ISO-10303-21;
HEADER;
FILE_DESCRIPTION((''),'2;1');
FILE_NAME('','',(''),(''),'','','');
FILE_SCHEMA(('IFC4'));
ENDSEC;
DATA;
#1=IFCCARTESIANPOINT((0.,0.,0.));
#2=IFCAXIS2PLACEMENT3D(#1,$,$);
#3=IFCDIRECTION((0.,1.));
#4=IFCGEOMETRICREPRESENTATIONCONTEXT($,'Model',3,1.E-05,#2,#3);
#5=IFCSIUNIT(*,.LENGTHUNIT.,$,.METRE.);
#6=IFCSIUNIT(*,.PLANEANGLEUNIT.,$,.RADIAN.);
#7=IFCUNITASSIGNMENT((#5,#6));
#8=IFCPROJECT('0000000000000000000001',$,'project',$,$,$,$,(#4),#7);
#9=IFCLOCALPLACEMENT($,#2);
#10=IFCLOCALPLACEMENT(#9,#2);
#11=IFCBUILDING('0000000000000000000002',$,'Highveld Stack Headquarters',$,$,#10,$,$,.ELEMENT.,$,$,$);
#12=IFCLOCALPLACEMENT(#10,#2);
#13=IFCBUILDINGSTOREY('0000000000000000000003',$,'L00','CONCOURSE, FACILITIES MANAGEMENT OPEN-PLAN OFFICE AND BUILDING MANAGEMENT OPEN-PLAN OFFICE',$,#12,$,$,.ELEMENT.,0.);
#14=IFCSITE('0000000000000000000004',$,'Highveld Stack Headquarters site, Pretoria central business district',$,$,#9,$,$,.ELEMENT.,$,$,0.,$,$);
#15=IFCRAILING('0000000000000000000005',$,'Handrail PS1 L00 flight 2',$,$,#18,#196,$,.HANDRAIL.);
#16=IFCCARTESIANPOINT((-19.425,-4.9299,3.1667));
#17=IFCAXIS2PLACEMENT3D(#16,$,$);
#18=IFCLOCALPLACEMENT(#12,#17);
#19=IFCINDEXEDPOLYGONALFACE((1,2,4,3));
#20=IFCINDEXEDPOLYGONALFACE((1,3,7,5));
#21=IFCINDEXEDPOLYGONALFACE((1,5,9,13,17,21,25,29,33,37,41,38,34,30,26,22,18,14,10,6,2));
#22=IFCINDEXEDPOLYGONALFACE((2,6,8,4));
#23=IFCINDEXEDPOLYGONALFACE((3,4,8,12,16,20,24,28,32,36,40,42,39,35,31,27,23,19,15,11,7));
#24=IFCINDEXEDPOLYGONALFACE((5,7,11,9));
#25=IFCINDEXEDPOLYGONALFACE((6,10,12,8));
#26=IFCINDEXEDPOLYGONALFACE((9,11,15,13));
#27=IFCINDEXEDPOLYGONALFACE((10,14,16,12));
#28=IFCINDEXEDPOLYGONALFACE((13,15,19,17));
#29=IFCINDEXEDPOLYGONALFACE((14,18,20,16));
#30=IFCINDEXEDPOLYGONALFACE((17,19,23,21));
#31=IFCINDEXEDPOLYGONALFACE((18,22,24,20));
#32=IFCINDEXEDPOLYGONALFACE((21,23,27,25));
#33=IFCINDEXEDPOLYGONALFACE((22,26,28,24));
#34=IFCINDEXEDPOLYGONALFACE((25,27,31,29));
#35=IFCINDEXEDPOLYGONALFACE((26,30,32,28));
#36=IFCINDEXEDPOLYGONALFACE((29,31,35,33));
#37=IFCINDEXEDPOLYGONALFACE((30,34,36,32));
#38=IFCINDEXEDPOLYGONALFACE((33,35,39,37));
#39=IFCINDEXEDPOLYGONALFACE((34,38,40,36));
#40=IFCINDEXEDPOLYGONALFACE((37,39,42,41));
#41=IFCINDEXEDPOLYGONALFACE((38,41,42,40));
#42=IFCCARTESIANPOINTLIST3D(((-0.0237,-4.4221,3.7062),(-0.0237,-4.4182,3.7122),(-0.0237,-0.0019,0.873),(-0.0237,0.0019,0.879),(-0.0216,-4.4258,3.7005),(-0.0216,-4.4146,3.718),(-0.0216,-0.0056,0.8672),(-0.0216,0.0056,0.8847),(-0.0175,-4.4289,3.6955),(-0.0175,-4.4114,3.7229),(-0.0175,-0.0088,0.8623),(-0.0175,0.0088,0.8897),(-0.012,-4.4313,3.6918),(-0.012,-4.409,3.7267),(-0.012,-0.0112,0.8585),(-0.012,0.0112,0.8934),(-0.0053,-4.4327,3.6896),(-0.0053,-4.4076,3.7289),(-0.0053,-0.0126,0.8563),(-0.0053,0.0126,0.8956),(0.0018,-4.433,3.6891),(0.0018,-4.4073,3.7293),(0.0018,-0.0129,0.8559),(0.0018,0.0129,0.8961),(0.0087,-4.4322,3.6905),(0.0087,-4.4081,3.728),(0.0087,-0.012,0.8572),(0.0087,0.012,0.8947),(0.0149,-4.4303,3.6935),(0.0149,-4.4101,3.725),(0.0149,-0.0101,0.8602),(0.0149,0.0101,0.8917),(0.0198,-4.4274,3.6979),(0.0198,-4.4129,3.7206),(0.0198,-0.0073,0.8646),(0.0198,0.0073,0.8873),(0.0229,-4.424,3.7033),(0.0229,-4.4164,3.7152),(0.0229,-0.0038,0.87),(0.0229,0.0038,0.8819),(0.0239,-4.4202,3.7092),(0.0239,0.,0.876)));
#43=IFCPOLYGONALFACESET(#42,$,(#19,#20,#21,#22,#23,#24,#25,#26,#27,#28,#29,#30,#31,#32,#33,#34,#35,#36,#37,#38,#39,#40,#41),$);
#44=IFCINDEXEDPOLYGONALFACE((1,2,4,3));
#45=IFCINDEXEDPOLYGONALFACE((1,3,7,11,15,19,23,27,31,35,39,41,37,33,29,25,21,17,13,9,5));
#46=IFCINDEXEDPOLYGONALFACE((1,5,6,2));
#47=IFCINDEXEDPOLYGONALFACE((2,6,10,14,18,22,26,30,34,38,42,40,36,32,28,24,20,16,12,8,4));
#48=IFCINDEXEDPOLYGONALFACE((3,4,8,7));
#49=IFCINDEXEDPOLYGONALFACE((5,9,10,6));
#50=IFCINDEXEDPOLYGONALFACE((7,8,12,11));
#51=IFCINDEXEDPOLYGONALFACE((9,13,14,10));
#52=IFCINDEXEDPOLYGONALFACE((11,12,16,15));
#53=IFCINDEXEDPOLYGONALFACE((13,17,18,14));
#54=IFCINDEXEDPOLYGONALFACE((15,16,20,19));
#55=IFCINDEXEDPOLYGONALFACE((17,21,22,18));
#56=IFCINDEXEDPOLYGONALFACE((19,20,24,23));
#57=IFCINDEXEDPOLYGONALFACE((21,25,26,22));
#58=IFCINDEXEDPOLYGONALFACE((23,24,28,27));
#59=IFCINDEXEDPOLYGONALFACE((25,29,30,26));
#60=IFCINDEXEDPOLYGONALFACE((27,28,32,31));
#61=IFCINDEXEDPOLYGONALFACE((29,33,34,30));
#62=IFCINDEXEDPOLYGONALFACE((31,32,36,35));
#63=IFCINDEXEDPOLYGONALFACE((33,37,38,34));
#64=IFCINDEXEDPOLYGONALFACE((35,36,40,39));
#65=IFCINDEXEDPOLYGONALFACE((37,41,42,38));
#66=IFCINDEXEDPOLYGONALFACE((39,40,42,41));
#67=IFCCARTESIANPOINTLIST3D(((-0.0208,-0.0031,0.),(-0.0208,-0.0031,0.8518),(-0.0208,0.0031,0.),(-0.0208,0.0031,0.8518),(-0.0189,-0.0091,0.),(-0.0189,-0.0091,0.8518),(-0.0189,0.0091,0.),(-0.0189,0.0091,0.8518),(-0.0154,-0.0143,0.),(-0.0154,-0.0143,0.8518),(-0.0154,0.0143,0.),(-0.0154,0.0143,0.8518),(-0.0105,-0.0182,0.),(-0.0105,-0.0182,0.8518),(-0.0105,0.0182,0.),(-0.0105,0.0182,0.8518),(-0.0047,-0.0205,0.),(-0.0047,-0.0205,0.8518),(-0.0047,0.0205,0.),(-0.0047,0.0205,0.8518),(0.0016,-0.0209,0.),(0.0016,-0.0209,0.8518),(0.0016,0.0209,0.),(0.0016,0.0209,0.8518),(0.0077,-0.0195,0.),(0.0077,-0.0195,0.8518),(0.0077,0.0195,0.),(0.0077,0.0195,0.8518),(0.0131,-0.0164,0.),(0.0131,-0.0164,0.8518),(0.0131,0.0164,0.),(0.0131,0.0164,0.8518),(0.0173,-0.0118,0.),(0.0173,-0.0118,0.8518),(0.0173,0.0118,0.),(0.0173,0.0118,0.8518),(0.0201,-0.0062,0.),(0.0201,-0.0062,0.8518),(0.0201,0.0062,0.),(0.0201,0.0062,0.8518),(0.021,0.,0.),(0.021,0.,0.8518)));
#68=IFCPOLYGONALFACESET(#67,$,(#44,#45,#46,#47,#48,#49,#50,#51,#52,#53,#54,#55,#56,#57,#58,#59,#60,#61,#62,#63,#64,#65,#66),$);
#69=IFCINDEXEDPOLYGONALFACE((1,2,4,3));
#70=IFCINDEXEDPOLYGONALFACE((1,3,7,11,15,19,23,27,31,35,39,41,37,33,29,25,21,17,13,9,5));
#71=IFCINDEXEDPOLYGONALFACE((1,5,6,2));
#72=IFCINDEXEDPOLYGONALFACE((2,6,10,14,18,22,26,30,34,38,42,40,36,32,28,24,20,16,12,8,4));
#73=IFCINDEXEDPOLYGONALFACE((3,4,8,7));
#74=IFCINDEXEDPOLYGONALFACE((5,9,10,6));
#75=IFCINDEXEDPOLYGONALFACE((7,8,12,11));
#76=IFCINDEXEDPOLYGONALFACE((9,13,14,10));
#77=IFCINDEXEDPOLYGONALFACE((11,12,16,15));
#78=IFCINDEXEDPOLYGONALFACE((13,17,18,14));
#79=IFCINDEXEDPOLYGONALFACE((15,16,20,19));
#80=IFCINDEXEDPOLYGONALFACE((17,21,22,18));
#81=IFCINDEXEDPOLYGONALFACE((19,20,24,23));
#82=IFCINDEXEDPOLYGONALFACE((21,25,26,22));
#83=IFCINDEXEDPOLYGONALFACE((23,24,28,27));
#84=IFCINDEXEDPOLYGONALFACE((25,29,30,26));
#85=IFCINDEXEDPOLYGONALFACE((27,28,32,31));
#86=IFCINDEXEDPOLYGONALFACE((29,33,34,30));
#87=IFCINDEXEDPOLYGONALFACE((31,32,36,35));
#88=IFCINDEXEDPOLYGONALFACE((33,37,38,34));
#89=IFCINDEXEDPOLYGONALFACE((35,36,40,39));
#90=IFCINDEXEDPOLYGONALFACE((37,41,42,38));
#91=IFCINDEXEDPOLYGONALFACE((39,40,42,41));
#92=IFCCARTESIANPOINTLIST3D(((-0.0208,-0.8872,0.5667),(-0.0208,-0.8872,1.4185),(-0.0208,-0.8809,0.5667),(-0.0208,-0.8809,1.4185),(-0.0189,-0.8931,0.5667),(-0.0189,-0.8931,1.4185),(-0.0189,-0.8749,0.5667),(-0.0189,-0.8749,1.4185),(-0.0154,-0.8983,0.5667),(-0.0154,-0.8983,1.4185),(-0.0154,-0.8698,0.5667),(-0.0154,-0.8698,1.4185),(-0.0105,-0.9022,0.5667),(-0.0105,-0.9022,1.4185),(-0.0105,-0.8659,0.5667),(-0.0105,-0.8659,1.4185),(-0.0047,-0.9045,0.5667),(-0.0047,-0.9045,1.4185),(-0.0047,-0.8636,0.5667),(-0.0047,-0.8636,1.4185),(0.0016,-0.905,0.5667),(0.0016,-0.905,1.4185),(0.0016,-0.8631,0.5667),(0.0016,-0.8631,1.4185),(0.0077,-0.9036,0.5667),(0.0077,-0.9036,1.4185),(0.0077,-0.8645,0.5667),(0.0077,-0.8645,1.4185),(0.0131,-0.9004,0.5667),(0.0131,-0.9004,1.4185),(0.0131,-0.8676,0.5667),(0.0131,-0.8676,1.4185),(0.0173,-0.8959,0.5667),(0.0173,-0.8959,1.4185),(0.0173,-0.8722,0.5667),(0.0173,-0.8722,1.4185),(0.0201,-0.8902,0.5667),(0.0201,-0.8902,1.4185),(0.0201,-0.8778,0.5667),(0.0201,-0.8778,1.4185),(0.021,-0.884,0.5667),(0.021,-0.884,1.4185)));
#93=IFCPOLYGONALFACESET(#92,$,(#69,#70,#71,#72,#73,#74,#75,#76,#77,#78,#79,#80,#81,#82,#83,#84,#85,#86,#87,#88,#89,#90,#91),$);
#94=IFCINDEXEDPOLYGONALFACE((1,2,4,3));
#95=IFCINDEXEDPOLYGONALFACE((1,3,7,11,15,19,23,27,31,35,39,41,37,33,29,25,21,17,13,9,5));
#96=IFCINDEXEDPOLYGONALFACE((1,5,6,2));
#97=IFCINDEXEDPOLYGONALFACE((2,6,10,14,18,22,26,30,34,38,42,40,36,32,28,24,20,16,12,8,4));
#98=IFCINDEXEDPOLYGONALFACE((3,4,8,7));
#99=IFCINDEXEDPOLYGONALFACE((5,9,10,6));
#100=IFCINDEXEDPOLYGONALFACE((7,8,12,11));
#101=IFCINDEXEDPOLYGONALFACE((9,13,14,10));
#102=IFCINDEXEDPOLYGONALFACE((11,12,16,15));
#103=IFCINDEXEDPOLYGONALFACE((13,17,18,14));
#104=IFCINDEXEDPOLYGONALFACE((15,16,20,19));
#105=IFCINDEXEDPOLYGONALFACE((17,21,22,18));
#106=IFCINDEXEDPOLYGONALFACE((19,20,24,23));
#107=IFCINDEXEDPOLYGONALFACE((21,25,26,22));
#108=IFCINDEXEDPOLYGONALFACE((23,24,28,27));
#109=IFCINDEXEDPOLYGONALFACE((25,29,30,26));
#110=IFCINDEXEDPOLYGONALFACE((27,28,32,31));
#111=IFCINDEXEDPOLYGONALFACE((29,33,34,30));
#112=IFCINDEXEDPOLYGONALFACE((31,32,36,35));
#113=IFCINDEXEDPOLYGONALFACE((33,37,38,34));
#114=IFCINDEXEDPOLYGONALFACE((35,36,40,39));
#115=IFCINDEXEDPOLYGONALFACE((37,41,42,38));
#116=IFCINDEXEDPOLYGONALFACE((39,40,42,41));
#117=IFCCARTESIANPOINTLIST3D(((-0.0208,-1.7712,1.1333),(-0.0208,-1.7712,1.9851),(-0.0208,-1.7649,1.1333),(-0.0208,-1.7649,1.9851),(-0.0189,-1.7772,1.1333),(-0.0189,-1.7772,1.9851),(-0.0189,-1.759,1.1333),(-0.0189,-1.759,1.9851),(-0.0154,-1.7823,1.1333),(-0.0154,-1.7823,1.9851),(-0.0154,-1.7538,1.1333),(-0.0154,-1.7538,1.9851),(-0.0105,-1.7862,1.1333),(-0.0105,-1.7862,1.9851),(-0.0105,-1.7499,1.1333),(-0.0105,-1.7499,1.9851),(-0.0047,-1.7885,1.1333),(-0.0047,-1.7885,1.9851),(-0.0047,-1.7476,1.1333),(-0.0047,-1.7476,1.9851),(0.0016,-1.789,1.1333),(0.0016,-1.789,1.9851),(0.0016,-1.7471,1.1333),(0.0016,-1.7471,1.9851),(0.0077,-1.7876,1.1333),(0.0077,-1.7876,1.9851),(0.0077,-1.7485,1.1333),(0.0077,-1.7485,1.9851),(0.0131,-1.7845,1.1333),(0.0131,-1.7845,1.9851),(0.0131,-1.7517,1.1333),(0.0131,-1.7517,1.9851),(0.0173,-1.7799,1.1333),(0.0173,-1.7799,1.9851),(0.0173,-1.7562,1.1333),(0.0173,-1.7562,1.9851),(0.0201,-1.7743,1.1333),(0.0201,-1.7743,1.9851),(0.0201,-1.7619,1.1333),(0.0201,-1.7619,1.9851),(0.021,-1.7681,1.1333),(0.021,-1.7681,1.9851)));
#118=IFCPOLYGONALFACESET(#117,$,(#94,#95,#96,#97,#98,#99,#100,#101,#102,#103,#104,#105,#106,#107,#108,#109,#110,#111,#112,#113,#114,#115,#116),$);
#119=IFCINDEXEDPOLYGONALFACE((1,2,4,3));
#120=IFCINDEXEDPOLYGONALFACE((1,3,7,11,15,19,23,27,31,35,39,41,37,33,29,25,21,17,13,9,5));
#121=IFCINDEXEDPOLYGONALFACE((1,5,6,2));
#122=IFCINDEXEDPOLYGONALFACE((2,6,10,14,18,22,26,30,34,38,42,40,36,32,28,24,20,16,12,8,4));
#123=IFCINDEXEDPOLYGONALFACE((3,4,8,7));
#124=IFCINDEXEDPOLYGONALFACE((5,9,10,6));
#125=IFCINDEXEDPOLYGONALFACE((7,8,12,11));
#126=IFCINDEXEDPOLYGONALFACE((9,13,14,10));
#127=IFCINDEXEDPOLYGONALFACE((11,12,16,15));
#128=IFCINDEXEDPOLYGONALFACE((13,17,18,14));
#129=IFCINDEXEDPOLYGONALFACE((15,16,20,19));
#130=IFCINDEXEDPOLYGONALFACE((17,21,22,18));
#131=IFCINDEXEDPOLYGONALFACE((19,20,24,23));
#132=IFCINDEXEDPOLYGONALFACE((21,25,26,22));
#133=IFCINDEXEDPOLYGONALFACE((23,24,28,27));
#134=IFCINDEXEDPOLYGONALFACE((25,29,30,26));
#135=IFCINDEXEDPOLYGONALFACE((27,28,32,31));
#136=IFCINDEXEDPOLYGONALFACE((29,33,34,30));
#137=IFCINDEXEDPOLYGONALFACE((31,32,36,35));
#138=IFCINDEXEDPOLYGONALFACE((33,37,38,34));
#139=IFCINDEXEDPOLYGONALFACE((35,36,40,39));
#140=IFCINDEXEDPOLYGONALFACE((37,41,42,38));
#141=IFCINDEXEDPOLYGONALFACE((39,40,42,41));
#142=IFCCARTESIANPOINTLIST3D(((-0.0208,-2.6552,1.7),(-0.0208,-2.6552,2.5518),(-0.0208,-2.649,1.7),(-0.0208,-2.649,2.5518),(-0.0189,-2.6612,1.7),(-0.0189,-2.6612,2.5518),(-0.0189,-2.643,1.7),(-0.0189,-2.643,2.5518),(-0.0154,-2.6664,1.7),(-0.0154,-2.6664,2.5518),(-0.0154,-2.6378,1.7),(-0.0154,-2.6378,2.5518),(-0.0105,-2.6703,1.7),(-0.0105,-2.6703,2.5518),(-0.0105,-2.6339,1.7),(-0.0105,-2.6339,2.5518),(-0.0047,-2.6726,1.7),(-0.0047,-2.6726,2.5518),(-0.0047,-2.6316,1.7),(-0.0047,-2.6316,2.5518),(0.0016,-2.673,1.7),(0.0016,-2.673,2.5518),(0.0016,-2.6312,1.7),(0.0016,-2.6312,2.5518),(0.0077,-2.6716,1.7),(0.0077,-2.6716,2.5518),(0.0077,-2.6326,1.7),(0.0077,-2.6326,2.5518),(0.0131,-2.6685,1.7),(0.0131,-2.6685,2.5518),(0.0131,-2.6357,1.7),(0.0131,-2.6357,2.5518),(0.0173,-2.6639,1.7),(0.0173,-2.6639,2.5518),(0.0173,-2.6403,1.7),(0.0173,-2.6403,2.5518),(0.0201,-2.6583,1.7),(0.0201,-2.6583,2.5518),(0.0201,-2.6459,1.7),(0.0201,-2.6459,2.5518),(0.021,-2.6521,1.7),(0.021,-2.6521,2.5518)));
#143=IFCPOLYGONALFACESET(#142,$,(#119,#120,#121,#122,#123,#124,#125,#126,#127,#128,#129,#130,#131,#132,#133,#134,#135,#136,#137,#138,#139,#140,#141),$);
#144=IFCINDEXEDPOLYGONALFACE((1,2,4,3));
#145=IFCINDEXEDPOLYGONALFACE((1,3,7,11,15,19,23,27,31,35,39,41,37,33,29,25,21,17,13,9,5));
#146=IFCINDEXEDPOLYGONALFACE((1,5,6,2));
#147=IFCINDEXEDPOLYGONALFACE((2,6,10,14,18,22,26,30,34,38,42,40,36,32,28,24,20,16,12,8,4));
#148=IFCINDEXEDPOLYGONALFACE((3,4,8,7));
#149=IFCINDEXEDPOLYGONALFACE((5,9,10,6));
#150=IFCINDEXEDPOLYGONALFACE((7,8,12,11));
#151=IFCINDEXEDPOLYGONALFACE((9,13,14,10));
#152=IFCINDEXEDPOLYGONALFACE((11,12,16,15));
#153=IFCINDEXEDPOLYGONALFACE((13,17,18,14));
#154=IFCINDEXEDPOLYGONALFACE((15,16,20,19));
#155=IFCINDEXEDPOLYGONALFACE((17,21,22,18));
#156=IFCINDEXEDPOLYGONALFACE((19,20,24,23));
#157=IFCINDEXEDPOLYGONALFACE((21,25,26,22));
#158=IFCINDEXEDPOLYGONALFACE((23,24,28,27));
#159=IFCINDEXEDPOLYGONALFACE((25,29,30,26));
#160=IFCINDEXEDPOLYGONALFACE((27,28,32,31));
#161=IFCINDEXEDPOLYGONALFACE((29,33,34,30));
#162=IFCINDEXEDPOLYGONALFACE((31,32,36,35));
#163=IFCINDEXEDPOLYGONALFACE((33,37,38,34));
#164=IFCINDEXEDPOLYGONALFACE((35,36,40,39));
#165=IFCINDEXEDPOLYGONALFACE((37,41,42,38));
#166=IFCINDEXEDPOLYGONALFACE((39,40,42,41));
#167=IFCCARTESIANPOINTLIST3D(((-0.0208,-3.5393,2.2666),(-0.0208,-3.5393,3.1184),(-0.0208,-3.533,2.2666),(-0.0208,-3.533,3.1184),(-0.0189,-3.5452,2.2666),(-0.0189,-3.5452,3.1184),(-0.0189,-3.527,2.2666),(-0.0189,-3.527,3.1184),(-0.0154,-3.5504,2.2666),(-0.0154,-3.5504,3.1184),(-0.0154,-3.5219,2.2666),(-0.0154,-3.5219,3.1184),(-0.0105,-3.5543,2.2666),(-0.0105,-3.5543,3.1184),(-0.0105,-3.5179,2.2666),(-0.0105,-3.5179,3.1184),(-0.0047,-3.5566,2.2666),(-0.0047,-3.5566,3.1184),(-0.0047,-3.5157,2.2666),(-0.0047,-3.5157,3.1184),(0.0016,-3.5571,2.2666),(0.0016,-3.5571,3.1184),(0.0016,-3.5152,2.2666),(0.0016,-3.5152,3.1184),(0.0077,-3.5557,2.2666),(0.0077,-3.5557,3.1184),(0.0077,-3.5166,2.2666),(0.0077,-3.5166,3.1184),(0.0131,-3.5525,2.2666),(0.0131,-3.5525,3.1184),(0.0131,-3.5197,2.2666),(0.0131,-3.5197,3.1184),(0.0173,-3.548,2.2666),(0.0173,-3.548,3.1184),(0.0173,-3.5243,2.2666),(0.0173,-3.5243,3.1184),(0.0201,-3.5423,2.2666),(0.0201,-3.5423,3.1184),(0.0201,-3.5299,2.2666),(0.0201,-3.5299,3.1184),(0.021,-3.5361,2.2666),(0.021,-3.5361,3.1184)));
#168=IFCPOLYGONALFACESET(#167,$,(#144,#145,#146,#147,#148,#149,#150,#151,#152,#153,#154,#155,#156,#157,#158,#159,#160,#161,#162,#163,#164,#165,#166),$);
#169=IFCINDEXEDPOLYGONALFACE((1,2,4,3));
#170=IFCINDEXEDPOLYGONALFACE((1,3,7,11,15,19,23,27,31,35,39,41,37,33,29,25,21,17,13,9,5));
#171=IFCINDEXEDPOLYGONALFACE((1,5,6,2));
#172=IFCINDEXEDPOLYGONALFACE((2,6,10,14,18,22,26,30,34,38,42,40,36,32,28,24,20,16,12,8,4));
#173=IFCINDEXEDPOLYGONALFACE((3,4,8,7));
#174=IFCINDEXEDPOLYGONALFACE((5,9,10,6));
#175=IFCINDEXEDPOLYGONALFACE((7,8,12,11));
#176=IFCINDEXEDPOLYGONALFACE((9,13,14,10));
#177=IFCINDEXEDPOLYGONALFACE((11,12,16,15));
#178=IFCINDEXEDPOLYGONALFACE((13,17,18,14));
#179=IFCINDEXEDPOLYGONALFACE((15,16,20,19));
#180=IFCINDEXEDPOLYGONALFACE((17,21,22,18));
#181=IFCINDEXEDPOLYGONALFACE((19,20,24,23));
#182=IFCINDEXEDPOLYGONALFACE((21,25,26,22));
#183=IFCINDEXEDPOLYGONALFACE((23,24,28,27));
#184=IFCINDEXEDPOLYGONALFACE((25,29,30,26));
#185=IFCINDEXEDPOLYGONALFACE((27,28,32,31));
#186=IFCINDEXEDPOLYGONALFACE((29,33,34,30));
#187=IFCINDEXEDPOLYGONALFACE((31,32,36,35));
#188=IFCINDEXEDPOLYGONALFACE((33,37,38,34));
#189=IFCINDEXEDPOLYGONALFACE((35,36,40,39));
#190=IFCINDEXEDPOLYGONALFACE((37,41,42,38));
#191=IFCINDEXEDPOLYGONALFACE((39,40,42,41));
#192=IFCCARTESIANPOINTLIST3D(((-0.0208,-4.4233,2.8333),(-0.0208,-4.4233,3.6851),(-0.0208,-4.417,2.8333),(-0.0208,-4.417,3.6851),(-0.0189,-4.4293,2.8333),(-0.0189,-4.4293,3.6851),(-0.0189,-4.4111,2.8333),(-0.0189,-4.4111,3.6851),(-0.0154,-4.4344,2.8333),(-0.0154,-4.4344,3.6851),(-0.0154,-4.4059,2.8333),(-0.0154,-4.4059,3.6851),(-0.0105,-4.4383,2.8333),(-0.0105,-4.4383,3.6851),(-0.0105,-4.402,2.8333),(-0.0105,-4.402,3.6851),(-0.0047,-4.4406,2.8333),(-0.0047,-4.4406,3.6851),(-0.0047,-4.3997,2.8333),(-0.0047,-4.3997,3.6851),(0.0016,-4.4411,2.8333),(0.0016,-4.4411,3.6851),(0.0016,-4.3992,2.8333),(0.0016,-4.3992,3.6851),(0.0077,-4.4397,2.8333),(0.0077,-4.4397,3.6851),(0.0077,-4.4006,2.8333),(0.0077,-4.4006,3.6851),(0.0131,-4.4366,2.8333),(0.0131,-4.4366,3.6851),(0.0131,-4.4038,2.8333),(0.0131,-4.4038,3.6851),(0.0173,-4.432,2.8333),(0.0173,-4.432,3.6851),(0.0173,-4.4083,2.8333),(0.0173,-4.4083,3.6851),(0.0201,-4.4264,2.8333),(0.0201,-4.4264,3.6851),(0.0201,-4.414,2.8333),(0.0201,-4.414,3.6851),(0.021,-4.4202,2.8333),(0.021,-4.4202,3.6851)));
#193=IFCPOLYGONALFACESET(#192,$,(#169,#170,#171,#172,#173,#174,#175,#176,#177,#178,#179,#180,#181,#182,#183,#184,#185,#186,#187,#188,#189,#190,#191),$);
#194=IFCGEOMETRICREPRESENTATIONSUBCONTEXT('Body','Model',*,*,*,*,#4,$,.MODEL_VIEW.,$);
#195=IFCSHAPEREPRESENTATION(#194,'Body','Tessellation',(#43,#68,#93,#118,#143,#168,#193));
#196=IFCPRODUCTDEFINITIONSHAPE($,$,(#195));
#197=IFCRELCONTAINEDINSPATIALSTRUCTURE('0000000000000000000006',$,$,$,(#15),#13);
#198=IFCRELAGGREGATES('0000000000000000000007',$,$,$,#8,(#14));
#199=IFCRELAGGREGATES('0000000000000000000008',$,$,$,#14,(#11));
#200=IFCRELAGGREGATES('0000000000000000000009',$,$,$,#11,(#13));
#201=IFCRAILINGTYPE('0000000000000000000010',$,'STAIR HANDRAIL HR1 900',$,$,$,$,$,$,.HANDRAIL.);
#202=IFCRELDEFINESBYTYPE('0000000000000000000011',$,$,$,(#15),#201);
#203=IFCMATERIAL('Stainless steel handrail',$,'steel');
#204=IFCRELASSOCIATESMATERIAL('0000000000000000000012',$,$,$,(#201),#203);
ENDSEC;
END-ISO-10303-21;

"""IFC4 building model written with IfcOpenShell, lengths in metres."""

from ifc_helpers import new_model, si_unit, direction, frame, origin, origin_2d, place, context, subcontext, project, spatial, circle, extrude, material, type_object, element, save


model = new_model("IFC4")

# Units and contexts
model_context = context("Model", 3, precision=1e-05, world=origin(), true_north=direction((0.0, 1.0)))
body_context = subcontext(model_context, "Body", "Model", "MODEL_VIEW")
ifc_project = project(units=[si_unit("LENGTHUNIT", "METRE"), si_unit("PLANEANGLEUNIT", "RADIAN")], contexts=[model_context])

# Site, building, storey
site_placement = place(None, origin())
site = spatial("IfcSite", under=ifc_project, at=site_placement, Name="Highveld Stack Headquarters site, Pretoria central business district", CompositionType="ELEMENT", RefElevation=0.0)
building_placement = place(site_placement, origin())
building = spatial("IfcBuilding", under=site, at=building_placement, Name="Highveld Stack Headquarters", CompositionType="ELEMENT")
storey_placement = place(building_placement, origin())
storey = spatial("IfcBuildingStorey", under=building, at=storey_placement, Name="L00", Description="CONCOURSE, FACILITIES MANAGEMENT OPEN-PLAN OFFICE AND BUILDING MANAGEMENT OPEN-PLAN OFFICE", CompositionType="ELEMENT", Elevation=0.0)

# Railing
ifc_material_1 = material(Name="Stainless steel handrail", Category="steel")
railing_type = type_object("IfcRailingType", Name="STAIR HANDRAIL HR1 900", PredefinedType="HANDRAIL", material=ifc_material_1)
railing_placement = place(storey_placement, frame((-19.425, -4.9299, 3.1667)))
element("IfcRailing", 1, at=railing_placement, inside=storey, type_object=railing_type, Name="Handrail PS1 L00 flight 2", PredefinedType="HANDRAIL", context=body_context, shape_type="SweptSolid", body=[
    extrude(circle(Radius=0.0239, at=origin_2d()), frame((0.0, 0.0, 0.876), z_axis=(0.0, -0.841895, 0.539641), x_axis=(1.0, 0.0, 0.0)), (0.0, 0.0, 1.0), 5.2502),
    extrude(circle(Radius=0.021, at=origin_2d()), origin(), (0.0, 0.0, 1.0), 0.8518),
    extrude(circle(Radius=0.021, at=origin_2d()), frame((0.0, -0.884, 0.5667)), (0.0, 0.0, 1.0), 0.8518),
    extrude(circle(Radius=0.021, at=origin_2d()), frame((0.0, -1.7681, 1.1333)), (0.0, 0.0, 1.0), 0.8518),
    extrude(circle(Radius=0.021, at=origin_2d()), frame((0.0, -2.6521, 1.7)), (0.0, 0.0, 1.0), 0.8518),
    extrude(circle(Radius=0.021, at=origin_2d()), frame((0.0, -3.5361, 2.2666)), (0.0, 0.0, 1.0), 0.8518),
    extrude(circle(Radius=0.021, at=origin_2d()), frame((0.0, -4.4202, 2.8333)), (0.0, 0.0, 1.0), 0.8518),
])

save(model, "model.ifc")
